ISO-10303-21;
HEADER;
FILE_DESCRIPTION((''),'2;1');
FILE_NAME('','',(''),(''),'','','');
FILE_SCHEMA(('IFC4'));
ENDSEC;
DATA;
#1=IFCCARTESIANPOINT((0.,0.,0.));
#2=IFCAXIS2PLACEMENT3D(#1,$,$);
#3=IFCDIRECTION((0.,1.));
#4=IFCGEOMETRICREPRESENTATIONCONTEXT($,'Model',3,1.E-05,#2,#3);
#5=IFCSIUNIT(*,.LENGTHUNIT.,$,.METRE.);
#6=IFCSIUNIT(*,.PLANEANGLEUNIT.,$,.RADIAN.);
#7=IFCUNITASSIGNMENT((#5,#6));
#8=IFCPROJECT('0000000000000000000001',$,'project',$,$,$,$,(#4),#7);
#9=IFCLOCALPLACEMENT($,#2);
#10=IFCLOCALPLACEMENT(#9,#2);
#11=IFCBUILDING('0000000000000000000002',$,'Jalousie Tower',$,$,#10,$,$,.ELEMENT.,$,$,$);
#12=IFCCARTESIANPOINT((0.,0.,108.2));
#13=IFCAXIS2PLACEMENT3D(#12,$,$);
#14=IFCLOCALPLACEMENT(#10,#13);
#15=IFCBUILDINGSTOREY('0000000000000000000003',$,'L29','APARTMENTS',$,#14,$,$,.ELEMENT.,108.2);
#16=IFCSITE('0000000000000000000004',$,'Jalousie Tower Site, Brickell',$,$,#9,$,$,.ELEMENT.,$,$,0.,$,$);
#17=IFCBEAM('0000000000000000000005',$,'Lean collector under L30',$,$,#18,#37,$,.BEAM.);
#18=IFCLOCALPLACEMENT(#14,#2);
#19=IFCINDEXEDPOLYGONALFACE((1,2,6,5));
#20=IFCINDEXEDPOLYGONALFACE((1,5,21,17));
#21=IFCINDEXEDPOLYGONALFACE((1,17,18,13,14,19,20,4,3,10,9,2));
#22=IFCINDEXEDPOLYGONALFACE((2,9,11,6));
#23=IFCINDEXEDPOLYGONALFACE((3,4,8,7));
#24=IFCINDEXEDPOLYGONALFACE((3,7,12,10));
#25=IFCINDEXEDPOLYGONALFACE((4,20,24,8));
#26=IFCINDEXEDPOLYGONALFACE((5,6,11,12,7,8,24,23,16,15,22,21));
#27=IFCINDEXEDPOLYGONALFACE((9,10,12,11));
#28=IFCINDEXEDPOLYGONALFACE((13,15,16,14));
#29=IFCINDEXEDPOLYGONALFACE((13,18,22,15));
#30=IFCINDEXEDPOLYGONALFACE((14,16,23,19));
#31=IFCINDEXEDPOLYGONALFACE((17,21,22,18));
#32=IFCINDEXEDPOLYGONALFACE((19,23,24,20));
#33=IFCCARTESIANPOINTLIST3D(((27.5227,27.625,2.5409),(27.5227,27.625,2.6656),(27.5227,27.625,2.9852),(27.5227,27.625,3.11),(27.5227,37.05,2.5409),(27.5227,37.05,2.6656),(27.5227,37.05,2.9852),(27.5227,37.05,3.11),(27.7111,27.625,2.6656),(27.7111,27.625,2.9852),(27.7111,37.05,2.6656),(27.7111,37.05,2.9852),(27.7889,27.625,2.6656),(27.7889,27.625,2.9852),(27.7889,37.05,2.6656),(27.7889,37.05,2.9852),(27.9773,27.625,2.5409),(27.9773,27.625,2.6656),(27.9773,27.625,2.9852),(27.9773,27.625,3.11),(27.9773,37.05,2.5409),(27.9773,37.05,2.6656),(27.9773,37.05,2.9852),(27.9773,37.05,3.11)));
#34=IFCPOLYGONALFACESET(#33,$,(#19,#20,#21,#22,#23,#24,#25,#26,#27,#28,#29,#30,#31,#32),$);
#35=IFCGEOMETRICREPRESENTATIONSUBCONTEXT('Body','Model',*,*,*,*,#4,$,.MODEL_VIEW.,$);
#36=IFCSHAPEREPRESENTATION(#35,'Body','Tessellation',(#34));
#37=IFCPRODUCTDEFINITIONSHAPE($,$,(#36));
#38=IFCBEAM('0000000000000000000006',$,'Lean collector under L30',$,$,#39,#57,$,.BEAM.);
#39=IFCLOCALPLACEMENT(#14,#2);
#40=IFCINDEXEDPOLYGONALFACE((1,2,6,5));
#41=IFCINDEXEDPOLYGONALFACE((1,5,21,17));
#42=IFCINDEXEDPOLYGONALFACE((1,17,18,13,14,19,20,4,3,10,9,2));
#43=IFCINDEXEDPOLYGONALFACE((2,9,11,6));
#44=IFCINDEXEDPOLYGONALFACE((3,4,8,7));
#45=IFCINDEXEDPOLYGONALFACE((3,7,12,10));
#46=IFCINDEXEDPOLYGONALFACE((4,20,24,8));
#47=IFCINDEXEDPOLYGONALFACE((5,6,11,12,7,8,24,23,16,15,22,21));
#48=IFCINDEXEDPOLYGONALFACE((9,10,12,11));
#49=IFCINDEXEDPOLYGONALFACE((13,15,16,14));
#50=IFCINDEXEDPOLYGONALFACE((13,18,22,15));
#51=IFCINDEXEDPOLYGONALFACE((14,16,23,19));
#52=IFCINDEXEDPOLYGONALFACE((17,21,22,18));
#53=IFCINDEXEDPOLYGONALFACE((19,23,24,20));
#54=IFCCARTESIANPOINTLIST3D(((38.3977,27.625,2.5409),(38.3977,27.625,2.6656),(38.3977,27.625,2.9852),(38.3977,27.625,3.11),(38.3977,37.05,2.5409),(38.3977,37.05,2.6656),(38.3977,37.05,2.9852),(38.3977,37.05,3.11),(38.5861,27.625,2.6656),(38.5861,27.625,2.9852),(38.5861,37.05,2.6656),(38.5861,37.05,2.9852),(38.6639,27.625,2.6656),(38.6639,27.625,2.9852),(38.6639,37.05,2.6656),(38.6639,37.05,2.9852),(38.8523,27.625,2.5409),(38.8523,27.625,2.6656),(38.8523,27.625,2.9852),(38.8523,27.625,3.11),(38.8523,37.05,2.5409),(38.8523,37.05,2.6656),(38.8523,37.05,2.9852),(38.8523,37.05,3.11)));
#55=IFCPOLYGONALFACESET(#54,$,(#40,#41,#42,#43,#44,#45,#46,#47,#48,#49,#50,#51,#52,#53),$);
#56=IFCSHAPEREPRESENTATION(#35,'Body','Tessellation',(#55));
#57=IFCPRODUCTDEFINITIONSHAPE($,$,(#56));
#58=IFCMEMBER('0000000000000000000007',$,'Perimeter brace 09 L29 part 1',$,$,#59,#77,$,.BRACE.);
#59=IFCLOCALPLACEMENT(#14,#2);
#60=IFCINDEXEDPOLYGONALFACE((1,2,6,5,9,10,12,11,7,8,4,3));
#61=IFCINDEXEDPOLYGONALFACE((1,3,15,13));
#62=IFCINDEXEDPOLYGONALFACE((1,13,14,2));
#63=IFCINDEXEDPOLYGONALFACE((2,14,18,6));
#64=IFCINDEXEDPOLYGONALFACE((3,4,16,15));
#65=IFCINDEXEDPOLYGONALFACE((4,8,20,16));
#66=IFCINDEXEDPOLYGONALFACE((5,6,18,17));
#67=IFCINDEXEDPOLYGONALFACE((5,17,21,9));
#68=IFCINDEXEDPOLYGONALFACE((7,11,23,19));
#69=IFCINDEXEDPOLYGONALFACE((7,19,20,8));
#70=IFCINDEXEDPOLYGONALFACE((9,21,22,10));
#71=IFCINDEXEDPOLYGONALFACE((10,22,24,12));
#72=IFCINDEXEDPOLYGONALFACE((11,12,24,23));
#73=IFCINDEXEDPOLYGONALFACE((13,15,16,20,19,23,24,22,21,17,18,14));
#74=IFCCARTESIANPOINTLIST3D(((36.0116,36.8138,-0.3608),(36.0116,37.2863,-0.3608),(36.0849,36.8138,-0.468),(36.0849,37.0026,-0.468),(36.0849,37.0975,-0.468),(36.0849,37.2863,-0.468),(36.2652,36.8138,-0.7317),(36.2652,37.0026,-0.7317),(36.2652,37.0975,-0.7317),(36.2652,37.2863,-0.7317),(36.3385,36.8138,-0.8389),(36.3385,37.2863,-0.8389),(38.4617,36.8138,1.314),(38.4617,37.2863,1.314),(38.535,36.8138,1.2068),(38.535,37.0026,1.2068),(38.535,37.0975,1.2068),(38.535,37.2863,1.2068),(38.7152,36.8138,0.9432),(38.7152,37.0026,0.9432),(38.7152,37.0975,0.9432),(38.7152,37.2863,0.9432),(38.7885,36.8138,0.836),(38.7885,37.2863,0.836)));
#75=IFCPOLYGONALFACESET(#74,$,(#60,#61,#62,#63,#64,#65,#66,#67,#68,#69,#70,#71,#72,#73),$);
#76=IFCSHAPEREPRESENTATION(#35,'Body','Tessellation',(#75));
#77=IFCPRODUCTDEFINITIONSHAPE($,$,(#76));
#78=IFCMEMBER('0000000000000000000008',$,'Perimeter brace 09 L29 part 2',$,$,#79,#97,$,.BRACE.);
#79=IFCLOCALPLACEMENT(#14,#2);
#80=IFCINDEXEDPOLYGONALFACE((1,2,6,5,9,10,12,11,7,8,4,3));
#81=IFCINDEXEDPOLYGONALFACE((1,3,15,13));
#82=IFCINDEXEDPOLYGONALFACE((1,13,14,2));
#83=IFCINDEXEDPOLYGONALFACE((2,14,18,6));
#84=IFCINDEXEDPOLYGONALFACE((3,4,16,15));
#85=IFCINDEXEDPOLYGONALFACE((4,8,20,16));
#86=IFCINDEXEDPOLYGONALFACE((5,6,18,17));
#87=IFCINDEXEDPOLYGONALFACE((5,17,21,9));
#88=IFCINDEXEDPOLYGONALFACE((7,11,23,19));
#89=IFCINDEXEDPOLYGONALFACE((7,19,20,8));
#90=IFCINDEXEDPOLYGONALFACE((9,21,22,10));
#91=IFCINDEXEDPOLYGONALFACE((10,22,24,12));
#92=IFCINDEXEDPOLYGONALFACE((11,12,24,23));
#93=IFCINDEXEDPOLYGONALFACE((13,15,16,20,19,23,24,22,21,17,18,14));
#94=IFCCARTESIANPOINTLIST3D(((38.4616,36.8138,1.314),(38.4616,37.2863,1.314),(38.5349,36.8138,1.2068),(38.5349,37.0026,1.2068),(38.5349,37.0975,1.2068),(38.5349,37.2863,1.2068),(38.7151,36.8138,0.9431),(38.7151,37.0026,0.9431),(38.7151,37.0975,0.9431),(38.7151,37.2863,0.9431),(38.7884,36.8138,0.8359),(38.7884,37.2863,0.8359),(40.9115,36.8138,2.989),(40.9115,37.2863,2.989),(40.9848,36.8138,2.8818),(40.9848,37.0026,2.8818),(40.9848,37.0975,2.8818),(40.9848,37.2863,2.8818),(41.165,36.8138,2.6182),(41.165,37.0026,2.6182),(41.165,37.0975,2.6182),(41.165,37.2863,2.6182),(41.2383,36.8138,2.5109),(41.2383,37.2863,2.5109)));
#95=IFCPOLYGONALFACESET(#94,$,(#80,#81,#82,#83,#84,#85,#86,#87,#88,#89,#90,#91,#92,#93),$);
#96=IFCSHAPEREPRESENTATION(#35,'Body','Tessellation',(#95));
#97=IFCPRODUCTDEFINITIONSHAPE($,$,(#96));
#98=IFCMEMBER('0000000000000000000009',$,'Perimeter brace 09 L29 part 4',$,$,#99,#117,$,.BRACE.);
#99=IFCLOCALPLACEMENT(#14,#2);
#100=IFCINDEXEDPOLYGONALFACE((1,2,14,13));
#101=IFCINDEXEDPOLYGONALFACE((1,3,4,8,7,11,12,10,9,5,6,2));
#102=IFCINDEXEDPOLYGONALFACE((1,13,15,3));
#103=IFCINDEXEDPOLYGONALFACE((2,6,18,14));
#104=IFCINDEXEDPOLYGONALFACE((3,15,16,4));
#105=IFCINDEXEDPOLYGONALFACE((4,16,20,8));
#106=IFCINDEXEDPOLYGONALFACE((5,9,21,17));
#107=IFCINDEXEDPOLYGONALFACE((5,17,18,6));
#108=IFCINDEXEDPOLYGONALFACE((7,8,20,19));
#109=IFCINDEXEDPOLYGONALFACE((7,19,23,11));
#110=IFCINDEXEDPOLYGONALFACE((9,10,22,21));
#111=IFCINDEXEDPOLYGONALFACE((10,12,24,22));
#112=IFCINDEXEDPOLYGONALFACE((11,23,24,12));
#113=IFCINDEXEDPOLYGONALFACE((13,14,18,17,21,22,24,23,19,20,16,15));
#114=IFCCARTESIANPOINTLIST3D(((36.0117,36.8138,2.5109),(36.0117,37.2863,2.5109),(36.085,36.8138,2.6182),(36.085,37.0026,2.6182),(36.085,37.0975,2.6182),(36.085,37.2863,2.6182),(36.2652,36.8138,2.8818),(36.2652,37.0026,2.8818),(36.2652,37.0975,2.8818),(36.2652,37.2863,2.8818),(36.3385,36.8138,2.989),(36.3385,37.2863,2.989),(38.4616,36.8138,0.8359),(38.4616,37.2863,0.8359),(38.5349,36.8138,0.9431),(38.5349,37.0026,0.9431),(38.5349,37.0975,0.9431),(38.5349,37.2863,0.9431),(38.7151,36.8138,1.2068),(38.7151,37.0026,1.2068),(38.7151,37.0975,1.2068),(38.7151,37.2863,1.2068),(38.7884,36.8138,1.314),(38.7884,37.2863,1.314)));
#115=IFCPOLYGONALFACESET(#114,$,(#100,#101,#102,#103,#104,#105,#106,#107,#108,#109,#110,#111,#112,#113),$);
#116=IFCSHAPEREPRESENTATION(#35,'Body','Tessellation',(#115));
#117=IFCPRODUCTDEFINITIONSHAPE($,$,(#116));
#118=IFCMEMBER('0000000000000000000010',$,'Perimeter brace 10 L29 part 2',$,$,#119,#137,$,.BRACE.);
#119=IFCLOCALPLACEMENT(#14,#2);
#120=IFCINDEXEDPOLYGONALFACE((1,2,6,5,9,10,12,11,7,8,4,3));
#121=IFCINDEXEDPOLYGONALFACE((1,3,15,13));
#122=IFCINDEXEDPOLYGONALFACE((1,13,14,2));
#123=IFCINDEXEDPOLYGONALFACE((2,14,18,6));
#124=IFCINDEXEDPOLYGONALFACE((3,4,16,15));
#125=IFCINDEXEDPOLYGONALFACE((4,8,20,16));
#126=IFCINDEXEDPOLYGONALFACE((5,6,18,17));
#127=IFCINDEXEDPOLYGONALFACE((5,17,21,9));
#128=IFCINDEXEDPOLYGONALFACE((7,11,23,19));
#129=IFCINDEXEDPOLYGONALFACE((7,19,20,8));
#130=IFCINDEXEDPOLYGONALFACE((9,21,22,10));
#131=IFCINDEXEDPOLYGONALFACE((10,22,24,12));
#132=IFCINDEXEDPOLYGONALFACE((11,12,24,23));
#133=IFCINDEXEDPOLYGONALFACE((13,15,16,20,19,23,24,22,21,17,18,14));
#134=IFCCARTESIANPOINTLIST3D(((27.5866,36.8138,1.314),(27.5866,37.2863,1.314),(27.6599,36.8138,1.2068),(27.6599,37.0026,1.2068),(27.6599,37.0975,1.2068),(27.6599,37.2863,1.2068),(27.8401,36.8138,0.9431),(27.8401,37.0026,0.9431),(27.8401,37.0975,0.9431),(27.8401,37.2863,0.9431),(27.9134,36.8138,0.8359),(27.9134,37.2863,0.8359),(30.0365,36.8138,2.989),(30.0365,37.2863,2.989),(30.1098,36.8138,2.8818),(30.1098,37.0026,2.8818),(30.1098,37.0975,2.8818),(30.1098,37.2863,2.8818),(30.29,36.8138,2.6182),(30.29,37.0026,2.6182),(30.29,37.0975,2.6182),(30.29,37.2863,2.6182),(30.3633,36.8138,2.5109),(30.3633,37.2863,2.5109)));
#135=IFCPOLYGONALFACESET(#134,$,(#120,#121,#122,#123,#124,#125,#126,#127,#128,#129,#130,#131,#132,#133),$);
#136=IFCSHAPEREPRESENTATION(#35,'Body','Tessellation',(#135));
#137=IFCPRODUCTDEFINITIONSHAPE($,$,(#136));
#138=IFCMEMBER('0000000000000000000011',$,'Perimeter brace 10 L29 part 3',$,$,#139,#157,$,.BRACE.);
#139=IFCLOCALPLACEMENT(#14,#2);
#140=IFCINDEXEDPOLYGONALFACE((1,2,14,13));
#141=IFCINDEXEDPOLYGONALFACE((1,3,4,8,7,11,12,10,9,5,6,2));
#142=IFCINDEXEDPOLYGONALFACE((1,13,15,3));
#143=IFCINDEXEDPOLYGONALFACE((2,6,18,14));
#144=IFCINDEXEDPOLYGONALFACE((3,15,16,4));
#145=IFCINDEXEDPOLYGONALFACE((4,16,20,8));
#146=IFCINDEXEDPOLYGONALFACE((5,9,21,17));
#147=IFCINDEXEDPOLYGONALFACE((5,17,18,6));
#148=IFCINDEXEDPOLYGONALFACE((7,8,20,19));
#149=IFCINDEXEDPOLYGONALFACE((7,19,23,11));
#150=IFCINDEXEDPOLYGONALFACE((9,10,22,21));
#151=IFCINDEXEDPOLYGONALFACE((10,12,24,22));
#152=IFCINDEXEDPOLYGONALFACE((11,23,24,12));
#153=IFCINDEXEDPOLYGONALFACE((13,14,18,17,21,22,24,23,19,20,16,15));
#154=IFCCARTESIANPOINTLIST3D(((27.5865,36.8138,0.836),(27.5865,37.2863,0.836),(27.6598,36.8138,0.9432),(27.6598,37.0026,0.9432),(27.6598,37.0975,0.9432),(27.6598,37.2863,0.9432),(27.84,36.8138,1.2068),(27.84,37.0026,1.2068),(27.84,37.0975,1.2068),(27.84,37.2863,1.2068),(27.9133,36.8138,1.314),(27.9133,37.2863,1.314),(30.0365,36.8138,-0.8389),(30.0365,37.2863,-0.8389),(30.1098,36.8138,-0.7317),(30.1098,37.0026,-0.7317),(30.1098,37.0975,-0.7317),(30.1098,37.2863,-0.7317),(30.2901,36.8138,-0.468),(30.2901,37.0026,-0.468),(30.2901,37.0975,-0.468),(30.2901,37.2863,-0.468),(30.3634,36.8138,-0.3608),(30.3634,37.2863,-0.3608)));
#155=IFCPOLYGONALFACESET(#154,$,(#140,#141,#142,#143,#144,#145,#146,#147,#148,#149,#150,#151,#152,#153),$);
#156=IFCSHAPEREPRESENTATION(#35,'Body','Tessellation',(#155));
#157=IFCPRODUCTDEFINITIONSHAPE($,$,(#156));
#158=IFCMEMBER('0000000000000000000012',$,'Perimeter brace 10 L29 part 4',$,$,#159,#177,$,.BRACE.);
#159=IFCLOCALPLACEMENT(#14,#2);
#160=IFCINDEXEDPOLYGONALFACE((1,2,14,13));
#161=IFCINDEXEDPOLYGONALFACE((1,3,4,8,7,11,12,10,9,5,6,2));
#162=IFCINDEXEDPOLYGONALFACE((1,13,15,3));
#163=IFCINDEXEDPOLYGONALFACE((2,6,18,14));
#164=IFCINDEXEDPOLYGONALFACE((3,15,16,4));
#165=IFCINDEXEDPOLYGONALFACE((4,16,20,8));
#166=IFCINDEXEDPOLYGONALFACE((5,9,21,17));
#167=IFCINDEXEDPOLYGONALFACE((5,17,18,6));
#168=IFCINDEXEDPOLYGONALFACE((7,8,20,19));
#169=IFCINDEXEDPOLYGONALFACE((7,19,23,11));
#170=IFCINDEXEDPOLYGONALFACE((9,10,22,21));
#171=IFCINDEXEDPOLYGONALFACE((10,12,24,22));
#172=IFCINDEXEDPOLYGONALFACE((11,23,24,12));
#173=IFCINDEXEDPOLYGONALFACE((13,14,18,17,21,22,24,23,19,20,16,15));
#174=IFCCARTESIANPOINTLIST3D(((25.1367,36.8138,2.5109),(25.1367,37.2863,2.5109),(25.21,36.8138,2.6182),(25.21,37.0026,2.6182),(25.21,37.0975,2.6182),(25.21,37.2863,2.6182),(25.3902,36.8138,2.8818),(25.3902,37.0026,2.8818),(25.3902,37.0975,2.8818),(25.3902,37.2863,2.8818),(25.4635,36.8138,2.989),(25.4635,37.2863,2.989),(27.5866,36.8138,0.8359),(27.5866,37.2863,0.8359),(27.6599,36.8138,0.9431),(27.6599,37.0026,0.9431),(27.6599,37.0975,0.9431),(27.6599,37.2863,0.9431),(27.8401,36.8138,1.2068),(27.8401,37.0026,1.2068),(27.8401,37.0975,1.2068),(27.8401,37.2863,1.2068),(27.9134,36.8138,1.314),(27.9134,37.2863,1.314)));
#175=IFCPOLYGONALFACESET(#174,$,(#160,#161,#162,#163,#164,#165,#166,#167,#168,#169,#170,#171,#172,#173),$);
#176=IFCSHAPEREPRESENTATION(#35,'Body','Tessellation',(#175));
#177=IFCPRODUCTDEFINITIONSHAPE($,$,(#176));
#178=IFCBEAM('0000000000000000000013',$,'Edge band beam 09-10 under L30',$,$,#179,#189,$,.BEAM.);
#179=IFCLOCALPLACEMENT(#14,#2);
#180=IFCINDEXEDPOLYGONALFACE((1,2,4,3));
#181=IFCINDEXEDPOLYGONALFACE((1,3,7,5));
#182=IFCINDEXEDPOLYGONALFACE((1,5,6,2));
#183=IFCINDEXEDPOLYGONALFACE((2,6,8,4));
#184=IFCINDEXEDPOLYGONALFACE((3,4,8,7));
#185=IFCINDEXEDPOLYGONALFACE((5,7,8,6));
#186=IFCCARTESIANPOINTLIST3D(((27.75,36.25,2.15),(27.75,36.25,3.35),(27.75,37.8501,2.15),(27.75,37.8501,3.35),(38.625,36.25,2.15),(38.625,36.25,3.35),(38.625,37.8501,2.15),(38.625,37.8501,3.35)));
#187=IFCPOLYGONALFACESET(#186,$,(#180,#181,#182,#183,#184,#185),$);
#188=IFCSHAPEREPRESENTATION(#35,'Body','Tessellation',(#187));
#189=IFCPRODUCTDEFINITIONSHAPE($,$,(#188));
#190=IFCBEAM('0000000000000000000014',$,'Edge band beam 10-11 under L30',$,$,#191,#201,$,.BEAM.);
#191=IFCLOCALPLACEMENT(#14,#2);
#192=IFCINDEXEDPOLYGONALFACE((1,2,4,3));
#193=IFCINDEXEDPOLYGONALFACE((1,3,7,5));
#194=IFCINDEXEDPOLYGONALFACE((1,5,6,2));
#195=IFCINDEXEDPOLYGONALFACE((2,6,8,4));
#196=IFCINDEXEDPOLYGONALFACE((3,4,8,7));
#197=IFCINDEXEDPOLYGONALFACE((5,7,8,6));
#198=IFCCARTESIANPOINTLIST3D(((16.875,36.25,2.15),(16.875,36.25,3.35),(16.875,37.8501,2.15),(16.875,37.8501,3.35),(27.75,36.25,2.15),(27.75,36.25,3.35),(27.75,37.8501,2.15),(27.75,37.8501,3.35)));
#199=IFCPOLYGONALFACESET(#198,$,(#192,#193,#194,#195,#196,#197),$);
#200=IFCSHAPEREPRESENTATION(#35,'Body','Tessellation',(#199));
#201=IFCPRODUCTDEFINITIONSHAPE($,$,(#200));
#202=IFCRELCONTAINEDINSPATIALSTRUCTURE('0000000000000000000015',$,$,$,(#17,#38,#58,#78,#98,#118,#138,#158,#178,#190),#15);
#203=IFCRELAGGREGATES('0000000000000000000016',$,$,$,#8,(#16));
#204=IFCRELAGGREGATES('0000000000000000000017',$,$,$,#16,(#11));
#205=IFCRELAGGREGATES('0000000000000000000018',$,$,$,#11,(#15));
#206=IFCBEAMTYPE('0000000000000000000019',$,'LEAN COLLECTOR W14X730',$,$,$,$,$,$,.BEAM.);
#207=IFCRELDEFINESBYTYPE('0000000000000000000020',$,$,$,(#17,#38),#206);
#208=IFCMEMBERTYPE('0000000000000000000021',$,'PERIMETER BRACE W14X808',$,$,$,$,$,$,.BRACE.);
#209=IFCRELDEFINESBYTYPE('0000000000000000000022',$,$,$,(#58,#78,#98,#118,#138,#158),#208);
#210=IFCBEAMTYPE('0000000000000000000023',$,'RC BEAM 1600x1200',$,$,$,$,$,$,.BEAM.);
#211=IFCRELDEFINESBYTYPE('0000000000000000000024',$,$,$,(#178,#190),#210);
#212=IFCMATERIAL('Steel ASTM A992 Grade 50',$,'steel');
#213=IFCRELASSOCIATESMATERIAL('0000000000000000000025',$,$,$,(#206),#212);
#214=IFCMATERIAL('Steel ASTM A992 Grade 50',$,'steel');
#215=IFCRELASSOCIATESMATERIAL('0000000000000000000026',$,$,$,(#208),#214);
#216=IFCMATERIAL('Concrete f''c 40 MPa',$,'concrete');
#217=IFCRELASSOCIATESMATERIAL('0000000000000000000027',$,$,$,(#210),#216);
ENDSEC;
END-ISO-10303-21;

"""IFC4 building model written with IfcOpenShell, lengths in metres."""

from ifc_helpers import new_model, si_unit, direction, frame, origin, origin_2d, place, context, subcontext, project, spatial, rectangle, i_section, extrude, material, material_profile, profile_set, type_object, element, save


model = new_model("IFC4")

# Units and contexts
model_context = context("Model", 3, precision=1e-05, world=origin(), true_north=direction((0.0, 1.0)))
body_context = subcontext(model_context, "Body", "Model", "MODEL_VIEW")
ifc_project = project(units=[si_unit("LENGTHUNIT", "METRE"), si_unit("PLANEANGLEUNIT", "RADIAN")], contexts=[model_context])

# Site, building, storey
site_placement = place(None, origin())
site = spatial("IfcSite", under=ifc_project, at=site_placement, Name="Jalousie Tower Site, Brickell", CompositionType="ELEMENT", RefElevation=0.0)
building_placement = place(site_placement, origin())
building = spatial("IfcBuilding", under=site, at=building_placement, Name="Jalousie Tower", CompositionType="ELEMENT")
storey_placement = place(building_placement, frame((0.0, 0.0, 108.2)))
storey = spatial("IfcBuildingStorey", under=building, at=storey_placement, Name="L29", Description="APARTMENTS", CompositionType="ELEMENT", Elevation=108.2)

# Beams
ifc_material_1 = material(Name="Steel ASTM A992 Grade 50", Category="steel")
ifc_material_profile_1 = material_profile(ifc_material_1, i_section(OverallWidth=0.4546, OverallDepth=0.5691, WebThickness=0.0779, FlangeThickness=0.1248, at=origin_2d()), Name="W14X730")
ifc_profile_set_1 = profile_set([ifc_material_profile_1], Name="Steel ASTM A992 Grade 50")
beam_type_1 = type_object("IfcBeamType", Name="LEAN COLLECTOR W14X730", PredefinedType="BEAM", material=ifc_profile_set_1)
for number, where, z_axis, x_axis, name in (
    (1, (27.75, 37.05, 2.8254), (0.0, -1.0, 0.0), (1.0, 0.0, 0.0), "Lean collector under L30"),
    (2, (38.625, 37.05, 2.8254), (0.0, -1.0, 0.0), (1.0, 0.0, 0.0), "Lean collector under L30"),
):
    element("IfcBeam", number, at=place(storey_placement, frame(where, z_axis=z_axis, x_axis=x_axis)), inside=storey, type_object=beam_type_1, Name=name, PredefinedType="BEAM", context=body_context, shape_type="SweptSolid", body=[
        extrude(i_section(OverallWidth=0.4546, OverallDepth=0.5691, WebThickness=0.0779, FlangeThickness=0.1248, at=origin_2d()), origin(), (0.0, 0.0, 1.0), 9.425),
    ])

# Members
ifc_material_2 = material(Name="Steel ASTM A992 Grade 50", Category="steel")
ifc_material_profile_2 = material_profile(ifc_material_2, i_section(OverallWidth=0.4724, OverallDepth=0.5791, WebThickness=0.095, FlangeThickness=0.1299, at=origin_2d()), Name="W14X808")
ifc_profile_set_2 = profile_set([ifc_material_profile_2], Name="Steel ASTM A992 Grade 50")
member_type_1 = type_object("IfcMemberType", Name="PERIMETER BRACE W14X808", PredefinedType="BRACE", material=ifc_profile_set_2)
for number, where, z_axis, x_axis, name in (
    (3, (36.175, 37.05, -0.5999), (0.825539, 0.0, 0.564345), (0.0, 1.0, 0.0), "Perimeter brace 09 L29 part 1"),
    (4, (38.625, 37.05, 1.075), (0.825501, 0.0, 0.564401), (0.0, 1.0, 0.0), "Perimeter brace 09 L29 part 2"),
    (5, (38.625, 37.05, 1.075), (-0.825501, 0.0, 0.564401), (0.0, -1.0, 0.0), "Perimeter brace 09 L29 part 4"),
    (6, (27.75, 37.05, 1.075), (0.825501, 0.0, 0.564401), (0.0, 1.0, 0.0), "Perimeter brace 10 L29 part 2"),
    (7, (30.2, 37.05, -0.5999), (-0.825539, 0.0, 0.564345), (0.0, -1.0, 0.0), "Perimeter brace 10 L29 part 3"),
    (8, (27.75, 37.05, 1.075), (-0.825501, 0.0, 0.564401), (0.0, -1.0, 0.0), "Perimeter brace 10 L29 part 4"),
):
    element("IfcMember", number, at=place(storey_placement, frame(where, z_axis=z_axis, x_axis=x_axis)), inside=storey, type_object=member_type_1, Name=name, PredefinedType="BRACE", context=body_context, shape_type="SweptSolid", body=[
        extrude(i_section(OverallWidth=0.4724, OverallDepth=0.5791, WebThickness=0.095, FlangeThickness=0.1299, at=origin_2d()), origin(), (0.0, 0.0, 1.0), 2.9678),
    ])

# Beams
ifc_material_3 = material(Name="Concrete f'c 40 MPa", Category="concrete")
ifc_material_profile_3 = material_profile(ifc_material_3, rectangle(XDim=1.6001, YDim=1.2, at=origin_2d()), Name="RC 1600x1200")
ifc_profile_set_3 = profile_set([ifc_material_profile_3], Name="Concrete f'c 40 MPa")
beam_type_2 = type_object("IfcBeamType", Name="RC BEAM 1600x1200", PredefinedType="BEAM", material=ifc_profile_set_3)
for number, where, z_axis, x_axis, name in (
    (9, (38.625, 37.05, 2.75), (-1.0, 0.0, 0.0), (0.0, -1.0, 0.0), "Edge band beam 09-10 under L30"),
    (10, (27.75, 37.05, 2.75), (-1.0, 0.0, 0.0), (0.0, -1.0, 0.0), "Edge band beam 10-11 under L30"),
):
    element("IfcBeam", number, at=place(storey_placement, frame(where, z_axis=z_axis, x_axis=x_axis)), inside=storey, type_object=beam_type_2, Name=name, PredefinedType="BEAM", context=body_context, shape_type="SweptSolid", body=[
        extrude(rectangle(XDim=1.6001, YDim=1.2, at=origin_2d()), origin(), (0.0, 0.0, 1.0), 10.875),
    ])

save(model, "model.ifc")
